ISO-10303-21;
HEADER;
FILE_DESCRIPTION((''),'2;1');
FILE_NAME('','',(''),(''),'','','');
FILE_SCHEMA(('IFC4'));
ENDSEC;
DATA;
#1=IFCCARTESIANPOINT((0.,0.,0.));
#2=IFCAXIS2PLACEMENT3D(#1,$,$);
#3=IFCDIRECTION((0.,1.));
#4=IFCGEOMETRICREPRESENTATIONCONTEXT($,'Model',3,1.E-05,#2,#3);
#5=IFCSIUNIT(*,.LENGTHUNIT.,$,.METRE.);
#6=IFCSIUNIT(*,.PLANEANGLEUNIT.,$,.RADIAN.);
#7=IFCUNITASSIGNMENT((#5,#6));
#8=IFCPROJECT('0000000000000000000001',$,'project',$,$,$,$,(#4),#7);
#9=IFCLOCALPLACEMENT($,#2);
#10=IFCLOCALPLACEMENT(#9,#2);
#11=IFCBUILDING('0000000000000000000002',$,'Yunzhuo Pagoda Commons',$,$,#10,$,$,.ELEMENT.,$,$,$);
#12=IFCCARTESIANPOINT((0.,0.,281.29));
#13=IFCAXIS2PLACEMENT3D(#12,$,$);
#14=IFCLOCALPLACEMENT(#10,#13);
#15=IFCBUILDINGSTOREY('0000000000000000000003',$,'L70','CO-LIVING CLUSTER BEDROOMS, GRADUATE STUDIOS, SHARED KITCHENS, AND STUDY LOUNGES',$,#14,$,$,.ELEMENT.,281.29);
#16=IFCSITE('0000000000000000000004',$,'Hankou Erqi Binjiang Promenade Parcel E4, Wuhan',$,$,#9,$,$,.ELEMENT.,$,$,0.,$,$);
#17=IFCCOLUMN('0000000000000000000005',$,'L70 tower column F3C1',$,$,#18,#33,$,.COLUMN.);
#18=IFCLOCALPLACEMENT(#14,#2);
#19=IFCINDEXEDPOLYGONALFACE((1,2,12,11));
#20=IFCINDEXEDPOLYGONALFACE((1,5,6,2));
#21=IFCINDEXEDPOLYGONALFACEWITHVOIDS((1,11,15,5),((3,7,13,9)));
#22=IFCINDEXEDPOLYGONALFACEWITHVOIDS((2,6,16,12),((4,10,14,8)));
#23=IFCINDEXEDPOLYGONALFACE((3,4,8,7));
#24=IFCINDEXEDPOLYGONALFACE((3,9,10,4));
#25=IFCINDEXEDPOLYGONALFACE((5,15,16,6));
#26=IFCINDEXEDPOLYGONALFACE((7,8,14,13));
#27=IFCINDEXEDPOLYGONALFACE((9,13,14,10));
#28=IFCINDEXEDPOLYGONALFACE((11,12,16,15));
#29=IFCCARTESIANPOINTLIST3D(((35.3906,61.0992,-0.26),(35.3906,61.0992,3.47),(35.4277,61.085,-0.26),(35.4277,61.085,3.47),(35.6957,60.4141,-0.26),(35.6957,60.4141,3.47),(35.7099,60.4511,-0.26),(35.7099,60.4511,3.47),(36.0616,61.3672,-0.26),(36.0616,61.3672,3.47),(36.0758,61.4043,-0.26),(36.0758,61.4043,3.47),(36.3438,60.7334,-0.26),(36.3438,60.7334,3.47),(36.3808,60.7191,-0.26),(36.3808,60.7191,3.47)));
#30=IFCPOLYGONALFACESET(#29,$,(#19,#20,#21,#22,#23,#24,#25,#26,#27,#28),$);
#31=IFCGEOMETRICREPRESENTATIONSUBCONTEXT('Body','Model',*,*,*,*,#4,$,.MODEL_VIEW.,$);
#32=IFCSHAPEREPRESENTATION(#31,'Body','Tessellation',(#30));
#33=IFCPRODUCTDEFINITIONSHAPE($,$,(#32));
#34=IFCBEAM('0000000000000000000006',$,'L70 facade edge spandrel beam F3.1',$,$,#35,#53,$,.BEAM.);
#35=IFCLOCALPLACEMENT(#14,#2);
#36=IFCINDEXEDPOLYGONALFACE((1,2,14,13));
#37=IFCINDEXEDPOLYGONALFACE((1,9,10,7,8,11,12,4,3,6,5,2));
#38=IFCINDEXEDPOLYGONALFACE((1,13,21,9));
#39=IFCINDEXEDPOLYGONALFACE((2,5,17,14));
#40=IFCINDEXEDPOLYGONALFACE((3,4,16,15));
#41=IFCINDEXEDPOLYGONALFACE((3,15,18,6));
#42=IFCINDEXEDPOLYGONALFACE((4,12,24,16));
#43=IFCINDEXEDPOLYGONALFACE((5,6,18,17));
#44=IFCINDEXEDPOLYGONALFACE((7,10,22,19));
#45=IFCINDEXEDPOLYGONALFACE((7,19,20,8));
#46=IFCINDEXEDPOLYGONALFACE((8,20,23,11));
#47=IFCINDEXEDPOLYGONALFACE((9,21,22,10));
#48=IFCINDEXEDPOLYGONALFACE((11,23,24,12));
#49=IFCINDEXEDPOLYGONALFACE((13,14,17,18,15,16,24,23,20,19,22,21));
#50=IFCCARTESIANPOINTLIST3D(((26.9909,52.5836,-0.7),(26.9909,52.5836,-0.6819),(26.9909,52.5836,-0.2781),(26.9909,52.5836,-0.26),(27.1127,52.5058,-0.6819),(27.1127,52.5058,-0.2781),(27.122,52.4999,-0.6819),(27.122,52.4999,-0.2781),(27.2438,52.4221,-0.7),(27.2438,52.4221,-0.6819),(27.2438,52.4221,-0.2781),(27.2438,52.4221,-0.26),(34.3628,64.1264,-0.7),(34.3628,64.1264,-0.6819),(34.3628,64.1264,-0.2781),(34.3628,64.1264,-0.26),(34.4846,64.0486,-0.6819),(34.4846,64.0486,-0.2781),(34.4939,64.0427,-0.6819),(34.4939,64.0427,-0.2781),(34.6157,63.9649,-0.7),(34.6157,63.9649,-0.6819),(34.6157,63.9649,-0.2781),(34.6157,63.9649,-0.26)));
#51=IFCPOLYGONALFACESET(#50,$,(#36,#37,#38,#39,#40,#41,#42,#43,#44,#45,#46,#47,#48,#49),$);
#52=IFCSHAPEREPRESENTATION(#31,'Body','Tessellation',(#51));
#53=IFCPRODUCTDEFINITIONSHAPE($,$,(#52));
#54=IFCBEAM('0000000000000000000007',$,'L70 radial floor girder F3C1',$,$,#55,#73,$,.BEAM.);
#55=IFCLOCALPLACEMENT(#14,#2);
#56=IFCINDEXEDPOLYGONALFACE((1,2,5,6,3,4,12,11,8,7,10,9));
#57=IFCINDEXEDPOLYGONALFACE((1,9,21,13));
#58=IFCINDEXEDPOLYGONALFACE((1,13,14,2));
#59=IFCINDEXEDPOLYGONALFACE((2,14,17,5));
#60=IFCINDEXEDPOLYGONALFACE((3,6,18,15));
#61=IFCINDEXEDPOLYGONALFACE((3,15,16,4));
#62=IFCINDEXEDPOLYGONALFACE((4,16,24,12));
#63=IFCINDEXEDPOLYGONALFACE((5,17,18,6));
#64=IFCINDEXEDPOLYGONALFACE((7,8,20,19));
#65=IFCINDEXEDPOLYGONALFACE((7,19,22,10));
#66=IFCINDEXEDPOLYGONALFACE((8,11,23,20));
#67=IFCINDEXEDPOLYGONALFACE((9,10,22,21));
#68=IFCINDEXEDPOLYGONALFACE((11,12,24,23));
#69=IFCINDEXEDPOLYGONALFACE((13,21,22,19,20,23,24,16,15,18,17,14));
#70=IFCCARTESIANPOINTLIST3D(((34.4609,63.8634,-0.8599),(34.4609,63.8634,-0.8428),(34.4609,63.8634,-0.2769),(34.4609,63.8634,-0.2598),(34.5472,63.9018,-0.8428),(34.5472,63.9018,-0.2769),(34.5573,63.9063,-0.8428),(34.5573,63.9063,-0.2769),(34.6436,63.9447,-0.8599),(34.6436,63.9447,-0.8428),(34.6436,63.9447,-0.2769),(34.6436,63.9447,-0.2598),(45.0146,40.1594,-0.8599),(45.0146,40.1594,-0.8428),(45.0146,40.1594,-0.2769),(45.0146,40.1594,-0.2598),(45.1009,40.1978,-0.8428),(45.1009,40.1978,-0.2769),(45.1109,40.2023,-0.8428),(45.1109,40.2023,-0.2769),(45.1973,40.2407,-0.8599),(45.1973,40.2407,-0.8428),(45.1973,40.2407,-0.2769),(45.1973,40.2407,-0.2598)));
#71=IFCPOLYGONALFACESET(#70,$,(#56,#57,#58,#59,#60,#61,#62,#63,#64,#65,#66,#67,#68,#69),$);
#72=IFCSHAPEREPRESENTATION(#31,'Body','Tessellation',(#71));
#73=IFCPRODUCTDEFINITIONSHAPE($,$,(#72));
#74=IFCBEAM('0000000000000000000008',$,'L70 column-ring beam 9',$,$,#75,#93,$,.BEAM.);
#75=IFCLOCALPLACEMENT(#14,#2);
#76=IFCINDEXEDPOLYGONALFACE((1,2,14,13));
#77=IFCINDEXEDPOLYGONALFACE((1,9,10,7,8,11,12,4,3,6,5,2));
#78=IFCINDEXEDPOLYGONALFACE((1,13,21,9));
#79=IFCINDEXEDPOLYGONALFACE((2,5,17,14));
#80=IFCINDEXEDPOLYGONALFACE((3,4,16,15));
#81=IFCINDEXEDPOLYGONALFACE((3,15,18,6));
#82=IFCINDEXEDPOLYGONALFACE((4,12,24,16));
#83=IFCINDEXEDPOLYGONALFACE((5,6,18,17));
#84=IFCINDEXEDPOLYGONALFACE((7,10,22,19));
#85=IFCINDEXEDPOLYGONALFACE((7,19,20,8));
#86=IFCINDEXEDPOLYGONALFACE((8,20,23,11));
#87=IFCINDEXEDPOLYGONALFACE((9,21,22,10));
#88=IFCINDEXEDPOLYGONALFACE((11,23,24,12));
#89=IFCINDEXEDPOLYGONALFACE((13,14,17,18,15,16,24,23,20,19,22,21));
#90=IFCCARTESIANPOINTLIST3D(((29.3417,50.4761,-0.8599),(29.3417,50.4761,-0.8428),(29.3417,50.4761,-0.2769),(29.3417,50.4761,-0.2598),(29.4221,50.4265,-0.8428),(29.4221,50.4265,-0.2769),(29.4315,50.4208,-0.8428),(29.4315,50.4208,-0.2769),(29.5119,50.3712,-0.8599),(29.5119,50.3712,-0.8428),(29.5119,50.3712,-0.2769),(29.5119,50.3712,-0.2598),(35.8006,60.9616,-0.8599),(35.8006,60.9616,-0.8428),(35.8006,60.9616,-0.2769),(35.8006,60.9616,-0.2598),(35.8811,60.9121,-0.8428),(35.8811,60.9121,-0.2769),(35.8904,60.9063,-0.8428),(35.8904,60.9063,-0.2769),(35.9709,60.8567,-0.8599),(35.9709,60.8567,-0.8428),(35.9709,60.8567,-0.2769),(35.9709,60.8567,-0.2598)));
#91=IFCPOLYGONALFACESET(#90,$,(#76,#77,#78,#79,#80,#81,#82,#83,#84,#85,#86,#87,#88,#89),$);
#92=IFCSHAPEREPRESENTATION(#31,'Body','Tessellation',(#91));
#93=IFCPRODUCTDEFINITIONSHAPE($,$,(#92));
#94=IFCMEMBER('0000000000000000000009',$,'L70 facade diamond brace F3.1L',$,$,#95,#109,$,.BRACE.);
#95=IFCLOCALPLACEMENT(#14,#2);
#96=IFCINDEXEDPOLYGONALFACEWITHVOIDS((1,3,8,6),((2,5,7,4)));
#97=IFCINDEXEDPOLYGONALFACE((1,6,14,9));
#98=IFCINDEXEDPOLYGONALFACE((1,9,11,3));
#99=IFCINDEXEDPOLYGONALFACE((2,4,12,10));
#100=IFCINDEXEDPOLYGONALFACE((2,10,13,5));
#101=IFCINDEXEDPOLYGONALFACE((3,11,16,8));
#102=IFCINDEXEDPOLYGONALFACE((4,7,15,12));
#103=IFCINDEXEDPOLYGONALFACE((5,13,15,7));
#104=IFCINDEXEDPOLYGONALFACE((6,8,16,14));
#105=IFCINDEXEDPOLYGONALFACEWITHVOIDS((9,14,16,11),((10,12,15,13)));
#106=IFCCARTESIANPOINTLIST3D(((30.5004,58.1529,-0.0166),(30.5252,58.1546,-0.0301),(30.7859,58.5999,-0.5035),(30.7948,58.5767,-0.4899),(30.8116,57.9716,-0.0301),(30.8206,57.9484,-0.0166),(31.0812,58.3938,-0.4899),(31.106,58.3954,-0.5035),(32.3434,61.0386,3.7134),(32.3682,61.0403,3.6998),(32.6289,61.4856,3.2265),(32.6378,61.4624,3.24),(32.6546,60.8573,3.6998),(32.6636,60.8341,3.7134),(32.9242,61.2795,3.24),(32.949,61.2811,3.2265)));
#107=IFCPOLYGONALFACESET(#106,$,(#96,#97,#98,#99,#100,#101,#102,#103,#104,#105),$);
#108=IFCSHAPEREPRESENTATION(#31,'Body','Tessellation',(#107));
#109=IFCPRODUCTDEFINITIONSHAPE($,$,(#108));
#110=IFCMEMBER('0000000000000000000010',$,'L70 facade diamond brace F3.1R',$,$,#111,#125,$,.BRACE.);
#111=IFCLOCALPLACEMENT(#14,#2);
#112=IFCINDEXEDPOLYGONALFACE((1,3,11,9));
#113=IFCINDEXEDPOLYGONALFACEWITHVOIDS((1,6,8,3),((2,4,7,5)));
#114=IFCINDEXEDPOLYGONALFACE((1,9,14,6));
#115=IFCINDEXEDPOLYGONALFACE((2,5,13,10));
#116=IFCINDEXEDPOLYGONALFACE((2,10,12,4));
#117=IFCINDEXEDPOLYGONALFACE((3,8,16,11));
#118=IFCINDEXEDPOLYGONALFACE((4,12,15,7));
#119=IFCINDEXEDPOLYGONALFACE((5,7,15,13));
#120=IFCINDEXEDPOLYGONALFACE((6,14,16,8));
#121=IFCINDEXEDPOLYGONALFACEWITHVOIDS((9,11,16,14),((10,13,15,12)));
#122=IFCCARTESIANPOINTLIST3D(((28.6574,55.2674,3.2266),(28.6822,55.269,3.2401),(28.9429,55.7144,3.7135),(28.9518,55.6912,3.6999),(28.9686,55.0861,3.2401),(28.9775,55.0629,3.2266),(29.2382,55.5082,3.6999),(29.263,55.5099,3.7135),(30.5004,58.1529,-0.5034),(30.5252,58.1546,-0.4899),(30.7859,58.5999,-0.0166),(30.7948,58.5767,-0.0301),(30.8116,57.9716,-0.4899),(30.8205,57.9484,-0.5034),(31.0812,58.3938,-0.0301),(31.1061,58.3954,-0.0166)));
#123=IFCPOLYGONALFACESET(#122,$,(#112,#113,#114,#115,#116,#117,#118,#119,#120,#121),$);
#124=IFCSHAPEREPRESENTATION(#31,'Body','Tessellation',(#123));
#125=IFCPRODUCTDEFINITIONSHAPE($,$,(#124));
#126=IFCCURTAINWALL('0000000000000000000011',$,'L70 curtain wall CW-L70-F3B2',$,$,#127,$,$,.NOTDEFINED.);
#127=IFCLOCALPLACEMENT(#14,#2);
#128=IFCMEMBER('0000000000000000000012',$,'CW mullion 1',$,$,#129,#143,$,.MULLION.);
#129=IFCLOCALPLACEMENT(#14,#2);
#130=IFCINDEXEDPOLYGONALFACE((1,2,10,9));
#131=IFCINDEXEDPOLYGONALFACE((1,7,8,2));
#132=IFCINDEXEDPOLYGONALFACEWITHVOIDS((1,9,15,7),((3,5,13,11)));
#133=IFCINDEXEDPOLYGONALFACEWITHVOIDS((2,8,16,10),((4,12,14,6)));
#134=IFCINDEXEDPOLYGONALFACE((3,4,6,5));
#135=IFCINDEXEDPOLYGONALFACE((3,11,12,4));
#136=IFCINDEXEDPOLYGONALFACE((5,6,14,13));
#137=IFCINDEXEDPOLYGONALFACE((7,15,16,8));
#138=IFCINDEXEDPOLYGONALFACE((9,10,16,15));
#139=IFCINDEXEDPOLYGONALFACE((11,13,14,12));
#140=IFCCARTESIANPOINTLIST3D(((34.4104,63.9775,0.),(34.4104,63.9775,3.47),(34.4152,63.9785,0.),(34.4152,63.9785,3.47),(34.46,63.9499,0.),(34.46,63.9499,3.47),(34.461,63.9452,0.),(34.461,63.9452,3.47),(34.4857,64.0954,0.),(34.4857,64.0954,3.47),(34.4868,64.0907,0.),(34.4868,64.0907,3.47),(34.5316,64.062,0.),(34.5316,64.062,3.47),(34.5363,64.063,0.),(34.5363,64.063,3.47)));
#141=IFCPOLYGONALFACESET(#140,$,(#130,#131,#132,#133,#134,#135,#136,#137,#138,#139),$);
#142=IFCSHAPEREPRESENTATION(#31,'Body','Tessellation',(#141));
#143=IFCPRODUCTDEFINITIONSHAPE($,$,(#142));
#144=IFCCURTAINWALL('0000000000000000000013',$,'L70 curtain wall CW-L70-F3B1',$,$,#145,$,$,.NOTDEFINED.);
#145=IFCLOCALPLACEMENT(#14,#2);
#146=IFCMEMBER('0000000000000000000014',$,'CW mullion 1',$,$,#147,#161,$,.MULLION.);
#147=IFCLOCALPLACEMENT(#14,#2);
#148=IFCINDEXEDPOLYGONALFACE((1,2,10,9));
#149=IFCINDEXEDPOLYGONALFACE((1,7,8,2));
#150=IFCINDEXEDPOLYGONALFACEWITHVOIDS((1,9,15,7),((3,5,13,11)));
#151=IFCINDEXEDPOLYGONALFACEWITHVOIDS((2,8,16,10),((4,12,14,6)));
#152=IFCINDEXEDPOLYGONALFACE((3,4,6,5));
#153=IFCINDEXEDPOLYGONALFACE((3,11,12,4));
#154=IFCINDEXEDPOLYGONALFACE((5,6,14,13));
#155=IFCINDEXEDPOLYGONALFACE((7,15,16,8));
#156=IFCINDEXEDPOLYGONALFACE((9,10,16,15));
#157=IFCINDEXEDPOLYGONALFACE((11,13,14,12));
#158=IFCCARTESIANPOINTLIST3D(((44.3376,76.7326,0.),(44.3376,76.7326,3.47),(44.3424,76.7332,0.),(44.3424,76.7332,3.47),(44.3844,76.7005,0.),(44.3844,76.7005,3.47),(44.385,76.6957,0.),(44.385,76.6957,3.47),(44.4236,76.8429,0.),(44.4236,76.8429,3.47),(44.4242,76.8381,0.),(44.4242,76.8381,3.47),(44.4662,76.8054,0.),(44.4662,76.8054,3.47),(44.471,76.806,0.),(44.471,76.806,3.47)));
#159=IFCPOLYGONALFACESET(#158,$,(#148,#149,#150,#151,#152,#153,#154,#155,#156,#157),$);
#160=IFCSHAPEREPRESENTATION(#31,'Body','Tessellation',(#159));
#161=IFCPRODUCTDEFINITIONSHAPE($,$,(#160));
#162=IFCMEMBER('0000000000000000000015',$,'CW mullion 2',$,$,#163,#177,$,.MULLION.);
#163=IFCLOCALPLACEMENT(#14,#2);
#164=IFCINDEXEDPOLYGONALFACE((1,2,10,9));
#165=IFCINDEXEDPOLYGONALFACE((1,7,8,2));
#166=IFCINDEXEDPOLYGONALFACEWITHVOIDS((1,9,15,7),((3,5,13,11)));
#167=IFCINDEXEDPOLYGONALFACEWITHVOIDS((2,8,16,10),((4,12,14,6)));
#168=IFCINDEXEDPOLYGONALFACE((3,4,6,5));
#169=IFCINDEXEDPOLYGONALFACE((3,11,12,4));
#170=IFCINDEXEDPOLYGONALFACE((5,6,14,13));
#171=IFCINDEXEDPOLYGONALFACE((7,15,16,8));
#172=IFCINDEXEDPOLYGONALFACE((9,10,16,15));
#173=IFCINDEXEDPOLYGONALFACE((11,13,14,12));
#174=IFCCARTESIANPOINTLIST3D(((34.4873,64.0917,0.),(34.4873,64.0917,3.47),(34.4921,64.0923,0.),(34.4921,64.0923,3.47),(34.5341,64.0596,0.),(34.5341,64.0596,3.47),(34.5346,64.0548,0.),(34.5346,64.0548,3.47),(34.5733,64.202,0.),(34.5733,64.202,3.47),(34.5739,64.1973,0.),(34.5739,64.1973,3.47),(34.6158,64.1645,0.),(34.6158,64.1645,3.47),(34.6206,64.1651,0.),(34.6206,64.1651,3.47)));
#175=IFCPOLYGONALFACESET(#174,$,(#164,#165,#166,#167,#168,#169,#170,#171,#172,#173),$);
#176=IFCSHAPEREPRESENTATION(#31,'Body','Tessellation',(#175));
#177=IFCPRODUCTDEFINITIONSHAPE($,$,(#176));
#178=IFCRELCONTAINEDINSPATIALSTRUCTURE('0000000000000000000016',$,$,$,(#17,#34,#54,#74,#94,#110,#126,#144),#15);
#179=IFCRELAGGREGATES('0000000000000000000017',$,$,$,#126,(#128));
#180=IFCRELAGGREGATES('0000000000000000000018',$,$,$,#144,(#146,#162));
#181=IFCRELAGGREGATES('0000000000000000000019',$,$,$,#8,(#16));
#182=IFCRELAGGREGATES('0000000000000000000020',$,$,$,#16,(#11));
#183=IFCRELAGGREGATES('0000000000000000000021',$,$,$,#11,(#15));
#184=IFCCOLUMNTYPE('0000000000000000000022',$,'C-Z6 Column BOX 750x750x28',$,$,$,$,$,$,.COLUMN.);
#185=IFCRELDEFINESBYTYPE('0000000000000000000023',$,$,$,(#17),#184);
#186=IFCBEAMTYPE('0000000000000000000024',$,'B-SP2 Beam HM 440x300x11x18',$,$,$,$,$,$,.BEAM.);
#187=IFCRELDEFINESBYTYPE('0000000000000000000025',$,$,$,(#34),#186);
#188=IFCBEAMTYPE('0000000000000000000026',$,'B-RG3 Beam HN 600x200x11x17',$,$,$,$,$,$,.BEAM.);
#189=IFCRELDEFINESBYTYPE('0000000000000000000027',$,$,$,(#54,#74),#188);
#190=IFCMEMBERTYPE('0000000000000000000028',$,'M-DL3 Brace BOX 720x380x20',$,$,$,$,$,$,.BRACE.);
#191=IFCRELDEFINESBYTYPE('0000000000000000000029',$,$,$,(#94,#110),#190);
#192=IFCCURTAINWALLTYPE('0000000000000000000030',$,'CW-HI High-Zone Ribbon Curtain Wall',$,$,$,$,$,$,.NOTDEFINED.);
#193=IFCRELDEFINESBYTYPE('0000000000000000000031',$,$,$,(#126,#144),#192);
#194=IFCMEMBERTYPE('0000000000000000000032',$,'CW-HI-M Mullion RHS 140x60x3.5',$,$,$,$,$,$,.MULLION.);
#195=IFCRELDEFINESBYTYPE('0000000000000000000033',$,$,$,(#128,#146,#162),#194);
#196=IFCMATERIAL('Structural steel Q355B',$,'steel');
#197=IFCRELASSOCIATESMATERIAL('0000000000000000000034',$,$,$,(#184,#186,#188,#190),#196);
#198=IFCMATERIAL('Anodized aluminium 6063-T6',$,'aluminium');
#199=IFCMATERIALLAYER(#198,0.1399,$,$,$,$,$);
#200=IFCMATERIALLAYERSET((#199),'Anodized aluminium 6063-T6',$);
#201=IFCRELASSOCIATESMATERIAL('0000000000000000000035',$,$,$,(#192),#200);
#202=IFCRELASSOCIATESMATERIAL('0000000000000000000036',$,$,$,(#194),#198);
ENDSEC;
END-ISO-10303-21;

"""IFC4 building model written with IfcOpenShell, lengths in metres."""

from ifc_helpers import new_model, si_unit, direction, frame, origin, origin_2d, place, context, subcontext, project, spatial, hollow_rectangle, i_section, extrude, source, transform, mapped, material, layer, layer_set, material_profile, profile_set, type_object, element, aggregate, save


model = new_model("IFC4")

# Units and contexts
model_context = context("Model", 3, precision=1e-05, world=origin(), true_north=direction((0.0, 1.0)))
body_context = subcontext(model_context, "Body", "Model", "MODEL_VIEW")
ifc_project = project(units=[si_unit("LENGTHUNIT", "METRE"), si_unit("PLANEANGLEUNIT", "RADIAN")], contexts=[model_context])

# Site, building, storey
site_placement = place(None, origin())
site = spatial("IfcSite", under=ifc_project, at=site_placement, Name="Hankou Erqi Binjiang Promenade Parcel E4, Wuhan", CompositionType="ELEMENT", RefElevation=0.0)
building_placement = place(site_placement, origin())
building = spatial("IfcBuilding", under=site, at=building_placement, Name="Yunzhuo Pagoda Commons", CompositionType="ELEMENT")
storey_placement = place(building_placement, frame((0.0, 0.0, 281.29)))
storey = spatial("IfcBuildingStorey", under=building, at=storey_placement, Name="L70", Description="CO-LIVING CLUSTER BEDROOMS, GRADUATE STUDIOS, SHARED KITCHENS, AND STUDY LOUNGES", CompositionType="ELEMENT", Elevation=281.29)

# Column
ifc_material_1 = material(Name="Structural steel Q355B", Category="steel")
ifc_material_profile_1 = material_profile(ifc_material_1, hollow_rectangle(XDim=0.75, YDim=0.75, WallThickness=0.0281, at=origin_2d()), Name="Structural steel Q355B")
ifc_profile_set_1 = profile_set([ifc_material_profile_1], Name="Structural steel Q355B")
column_type = type_object("IfcColumnType", Name="C-Z6 Column BOX 750x750x28", PredefinedType="COLUMN", material=ifc_profile_set_1)
shared_shape_1 = source(origin(), body_context, "Body", "SweptSolid", [
    extrude(hollow_rectangle(XDim=0.75, YDim=0.75, WallThickness=0.0281, at=origin_2d()), origin(), (0.0, 0.0, 1.0), 3.73),
])
column_placement = place(storey_placement, frame((35.8857, 60.9092, -0.26), z_axis=(0.0, 0.0, 1.0), x_axis=(-0.913545, -0.406737, 0.0)))
element("IfcColumn", 1, at=column_placement, inside=storey, type_object=column_type, Name="L70 tower column F3C1", PredefinedType="COLUMN", context=body_context, shape_type="MappedRepresentation", body=[
    mapped(shared_shape_1, transform((0.0, 0.0, 0.0), scale=1.0)),
])

# Beams
ifc_material_profile_2 = material_profile(ifc_material_1, i_section(OverallWidth=0.3, OverallDepth=0.4399, WebThickness=0.011, FlangeThickness=0.0181, at=origin_2d()), Name="Structural steel Q355B")
ifc_profile_set_2 = profile_set([ifc_material_profile_2], Name="Structural steel Q355B")
beam_type_1 = type_object("IfcBeamType", Name="B-SP2 Beam HM 440x300x11x18", PredefinedType="BEAM", material=ifc_profile_set_2)
shared_shape_2 = source(origin(), body_context, "Body", "SweptSolid", [
    extrude(i_section(OverallWidth=0.3, OverallDepth=0.4399, WebThickness=0.011, FlangeThickness=0.0181, at=origin_2d()), origin(), (0.0, 0.0, 1.0), 13.696),
])
beam_1_placement = place(storey_placement, frame((34.4893, 64.0457, -0.48), z_axis=(-0.53825, -0.842785, 0.0), x_axis=(0.842785, -0.53825, 0.0)))
element("IfcBeam", 2, at=beam_1_placement, inside=storey, type_object=beam_type_1, Name="L70 facade edge spandrel beam F3.1", PredefinedType="BEAM", context=body_context, shape_type="MappedRepresentation", body=[
    mapped(shared_shape_2, transform((0.0, 0.0, 0.0), scale=1.0)),
])
ifc_material_profile_3 = material_profile(ifc_material_1, i_section(OverallWidth=0.2, OverallDepth=0.6001, WebThickness=0.011, FlangeThickness=0.0171, at=origin_2d()), Name="Structural steel Q355B")
ifc_profile_set_3 = profile_set([ifc_material_profile_3], Name="Structural steel Q355B")
beam_type_2 = type_object("IfcBeamType", Name="B-RG3 Beam HN 600x200x11x17", PredefinedType="BEAM", material=ifc_profile_set_3)
shared_shape_3 = source(origin(), body_context, "Body", "SweptSolid", [
    extrude(i_section(OverallWidth=0.2, OverallDepth=0.6001, WebThickness=0.011, FlangeThickness=0.0171, at=origin_2d()), origin(), (0.0, 0.0, 1.0), 25.9473),
])
beam_2_placement = place(storey_placement, frame((34.5522, 63.9041, -0.5598), z_axis=(0.406736, -0.913546, 0.0), x_axis=(0.913546, 0.406736, 0.0)))
element("IfcBeam", 3, at=beam_2_placement, inside=storey, type_object=beam_type_2, Name="L70 radial floor girder F3C1", PredefinedType="BEAM", context=body_context, shape_type="MappedRepresentation", body=[
    mapped(shared_shape_3, transform((0.0, 0.0, 0.0), scale=1.0)),
])
shared_shape_4 = source(origin(), body_context, "Body", "SweptSolid", [
    extrude(i_section(OverallWidth=0.2, OverallDepth=0.6001, WebThickness=0.011, FlangeThickness=0.0171, at=origin_2d()), origin(), (0.0, 0.0, 1.0), 12.3152),
])
beam_3_placement = place(storey_placement, frame((35.8857, 60.9092, -0.5598), z_axis=(-0.524469, -0.85143, 0.0), x_axis=(0.85143, -0.524469, 0.0)))
element("IfcBeam", 4, at=beam_3_placement, inside=storey, type_object=beam_type_2, Name="L70 column-ring beam 9", PredefinedType="BEAM", context=body_context, shape_type="MappedRepresentation", body=[
    mapped(shared_shape_4, transform((0.0, 0.0, 0.0), scale=1.0)),
])

# Members
ifc_material_profile_4 = material_profile(ifc_material_1, hollow_rectangle(XDim=0.3799, YDim=0.72, WallThickness=0.02, at=origin_2d()), Name="Structural steel Q355B")
ifc_profile_set_4 = profile_set([ifc_material_profile_4], Name="Structural steel Q355B")
member_type_1 = type_object("IfcMemberType", Name="M-DL3 Brace BOX 720x380x20", PredefinedType="BRACE", material=ifc_profile_set_4)
shared_shape_5 = source(origin(), body_context, "Body", "SweptSolid", [
    extrude(hollow_rectangle(XDim=0.3799, YDim=0.72, WallThickness=0.02, at=origin_2d()), origin(), (0.0, 0.0, 1.0), 5.0632),
])
for number, where, z_axis, x_axis, name in (
    (5, (30.8032, 58.2742, -0.26), (0.363996, 0.569933, 0.73667), (-0.842783, 0.538254, 0.0), "L70 facade diamond brace F3.1L"),
    (6, (30.8032, 58.2742, -0.26), (-0.364006, -0.569901, 0.736691), (0.842762, -0.538287, 0.0), "L70 facade diamond brace F3.1R"),
):
    element("IfcMember", number, at=place(storey_placement, frame(where, z_axis=z_axis, x_axis=x_axis)), inside=storey, type_object=member_type_1, Name=name, PredefinedType="BRACE", context=body_context, shape_type="MappedRepresentation", body=[
        mapped(shared_shape_5, transform((0.0, 0.0, 0.0), scale=1.0)),
    ])

# Curtain wall, member
ifc_material_2 = material(Name="Anodized aluminium 6063-T6", Category="aluminium")
ifc_layer_1 = layer(ifc_material_2, 0.1399)
ifc_layer_set_1 = layer_set([ifc_layer_1], Name="Anodized aluminium 6063-T6")
curtain_wall_type = type_object("IfcCurtainWallType", Name="CW-HI High-Zone Ribbon Curtain Wall", PredefinedType="NOTDEFINED", material=ifc_layer_set_1)
curtain_wall_1_placement = place(storey_placement, origin())
curtain_wall_1 = element("IfcCurtainWall", 7, at=curtain_wall_1_placement, inside=storey, type_object=curtain_wall_type, Name="L70 curtain wall CW-L70-F3B2", PredefinedType="NOTDEFINED")
ifc_material_profile_5 = material_profile(ifc_material_2, hollow_rectangle(XDim=0.0601, YDim=0.1399, WallThickness=0.0034, at=origin_2d()), Name="Anodized aluminium 6063-T6")
ifc_profile_set_5 = profile_set([ifc_material_profile_5], Name="Anodized aluminium 6063-T6")
member_type_2 = type_object("IfcMemberType", Name="CW-HI-M Mullion RHS 140x60x3.5", PredefinedType="MULLION", material=ifc_profile_set_5)
shared_shape_6 = source(origin(), body_context, "Body", "SweptSolid", [
    extrude(hollow_rectangle(XDim=0.0601, YDim=0.1399, WallThickness=0.0034, at=origin_2d()), origin(), (0.0, 0.0, 1.0), 3.47),
])
member_1_placement = place(storey_placement, frame((34.4734, 64.0203, 0.0), z_axis=(0.0, 0.0, 1.0), x_axis=(0.842779, -0.53826, 0.0)))
member_1 = element("IfcMember", 8, at=member_1_placement, type_object=member_type_2, Name="CW mullion 1", PredefinedType="MULLION", context=body_context, shape_type="MappedRepresentation", body=[
    mapped(shared_shape_6, transform((0.0, 0.0, 0.0), scale=1.0)),
])

# Curtain wall, members
curtain_wall_2_placement = place(storey_placement, origin())
curtain_wall_2 = element("IfcCurtainWall", 9, at=curtain_wall_2_placement, inside=storey, type_object=curtain_wall_type, Name="L70 curtain wall CW-L70-F3B1", PredefinedType="NOTDEFINED")
member_2_placement = place(storey_placement, frame((44.4043, 76.7693, 0.0), z_axis=(0.0, 0.0, 1.0), x_axis=(0.788783, -0.614672, 0.0)))
member_2 = element("IfcMember", 10, at=member_2_placement, type_object=member_type_2, Name="CW mullion 1", PredefinedType="MULLION", context=body_context, shape_type="MappedRepresentation", body=[
    mapped(shared_shape_6, transform((0.0, 0.0, 0.0), scale=1.0)),
])
member_3_placement = place(storey_placement, frame((34.554, 64.1284, 0.0), z_axis=(0.0, 0.0, 1.0), x_axis=(0.788783, -0.614672, 0.0)))
member_3 = element("IfcMember", 11, at=member_3_placement, type_object=member_type_2, Name="CW mullion 2", PredefinedType="MULLION", context=body_context, shape_type="MappedRepresentation", body=[
    mapped(shared_shape_6, transform((0.0, 0.0, 0.0), scale=1.0)),
])

aggregate(curtain_wall_1, [member_1])

aggregate(curtain_wall_2, [member_2, member_3])

save(model, "model.ifc")
